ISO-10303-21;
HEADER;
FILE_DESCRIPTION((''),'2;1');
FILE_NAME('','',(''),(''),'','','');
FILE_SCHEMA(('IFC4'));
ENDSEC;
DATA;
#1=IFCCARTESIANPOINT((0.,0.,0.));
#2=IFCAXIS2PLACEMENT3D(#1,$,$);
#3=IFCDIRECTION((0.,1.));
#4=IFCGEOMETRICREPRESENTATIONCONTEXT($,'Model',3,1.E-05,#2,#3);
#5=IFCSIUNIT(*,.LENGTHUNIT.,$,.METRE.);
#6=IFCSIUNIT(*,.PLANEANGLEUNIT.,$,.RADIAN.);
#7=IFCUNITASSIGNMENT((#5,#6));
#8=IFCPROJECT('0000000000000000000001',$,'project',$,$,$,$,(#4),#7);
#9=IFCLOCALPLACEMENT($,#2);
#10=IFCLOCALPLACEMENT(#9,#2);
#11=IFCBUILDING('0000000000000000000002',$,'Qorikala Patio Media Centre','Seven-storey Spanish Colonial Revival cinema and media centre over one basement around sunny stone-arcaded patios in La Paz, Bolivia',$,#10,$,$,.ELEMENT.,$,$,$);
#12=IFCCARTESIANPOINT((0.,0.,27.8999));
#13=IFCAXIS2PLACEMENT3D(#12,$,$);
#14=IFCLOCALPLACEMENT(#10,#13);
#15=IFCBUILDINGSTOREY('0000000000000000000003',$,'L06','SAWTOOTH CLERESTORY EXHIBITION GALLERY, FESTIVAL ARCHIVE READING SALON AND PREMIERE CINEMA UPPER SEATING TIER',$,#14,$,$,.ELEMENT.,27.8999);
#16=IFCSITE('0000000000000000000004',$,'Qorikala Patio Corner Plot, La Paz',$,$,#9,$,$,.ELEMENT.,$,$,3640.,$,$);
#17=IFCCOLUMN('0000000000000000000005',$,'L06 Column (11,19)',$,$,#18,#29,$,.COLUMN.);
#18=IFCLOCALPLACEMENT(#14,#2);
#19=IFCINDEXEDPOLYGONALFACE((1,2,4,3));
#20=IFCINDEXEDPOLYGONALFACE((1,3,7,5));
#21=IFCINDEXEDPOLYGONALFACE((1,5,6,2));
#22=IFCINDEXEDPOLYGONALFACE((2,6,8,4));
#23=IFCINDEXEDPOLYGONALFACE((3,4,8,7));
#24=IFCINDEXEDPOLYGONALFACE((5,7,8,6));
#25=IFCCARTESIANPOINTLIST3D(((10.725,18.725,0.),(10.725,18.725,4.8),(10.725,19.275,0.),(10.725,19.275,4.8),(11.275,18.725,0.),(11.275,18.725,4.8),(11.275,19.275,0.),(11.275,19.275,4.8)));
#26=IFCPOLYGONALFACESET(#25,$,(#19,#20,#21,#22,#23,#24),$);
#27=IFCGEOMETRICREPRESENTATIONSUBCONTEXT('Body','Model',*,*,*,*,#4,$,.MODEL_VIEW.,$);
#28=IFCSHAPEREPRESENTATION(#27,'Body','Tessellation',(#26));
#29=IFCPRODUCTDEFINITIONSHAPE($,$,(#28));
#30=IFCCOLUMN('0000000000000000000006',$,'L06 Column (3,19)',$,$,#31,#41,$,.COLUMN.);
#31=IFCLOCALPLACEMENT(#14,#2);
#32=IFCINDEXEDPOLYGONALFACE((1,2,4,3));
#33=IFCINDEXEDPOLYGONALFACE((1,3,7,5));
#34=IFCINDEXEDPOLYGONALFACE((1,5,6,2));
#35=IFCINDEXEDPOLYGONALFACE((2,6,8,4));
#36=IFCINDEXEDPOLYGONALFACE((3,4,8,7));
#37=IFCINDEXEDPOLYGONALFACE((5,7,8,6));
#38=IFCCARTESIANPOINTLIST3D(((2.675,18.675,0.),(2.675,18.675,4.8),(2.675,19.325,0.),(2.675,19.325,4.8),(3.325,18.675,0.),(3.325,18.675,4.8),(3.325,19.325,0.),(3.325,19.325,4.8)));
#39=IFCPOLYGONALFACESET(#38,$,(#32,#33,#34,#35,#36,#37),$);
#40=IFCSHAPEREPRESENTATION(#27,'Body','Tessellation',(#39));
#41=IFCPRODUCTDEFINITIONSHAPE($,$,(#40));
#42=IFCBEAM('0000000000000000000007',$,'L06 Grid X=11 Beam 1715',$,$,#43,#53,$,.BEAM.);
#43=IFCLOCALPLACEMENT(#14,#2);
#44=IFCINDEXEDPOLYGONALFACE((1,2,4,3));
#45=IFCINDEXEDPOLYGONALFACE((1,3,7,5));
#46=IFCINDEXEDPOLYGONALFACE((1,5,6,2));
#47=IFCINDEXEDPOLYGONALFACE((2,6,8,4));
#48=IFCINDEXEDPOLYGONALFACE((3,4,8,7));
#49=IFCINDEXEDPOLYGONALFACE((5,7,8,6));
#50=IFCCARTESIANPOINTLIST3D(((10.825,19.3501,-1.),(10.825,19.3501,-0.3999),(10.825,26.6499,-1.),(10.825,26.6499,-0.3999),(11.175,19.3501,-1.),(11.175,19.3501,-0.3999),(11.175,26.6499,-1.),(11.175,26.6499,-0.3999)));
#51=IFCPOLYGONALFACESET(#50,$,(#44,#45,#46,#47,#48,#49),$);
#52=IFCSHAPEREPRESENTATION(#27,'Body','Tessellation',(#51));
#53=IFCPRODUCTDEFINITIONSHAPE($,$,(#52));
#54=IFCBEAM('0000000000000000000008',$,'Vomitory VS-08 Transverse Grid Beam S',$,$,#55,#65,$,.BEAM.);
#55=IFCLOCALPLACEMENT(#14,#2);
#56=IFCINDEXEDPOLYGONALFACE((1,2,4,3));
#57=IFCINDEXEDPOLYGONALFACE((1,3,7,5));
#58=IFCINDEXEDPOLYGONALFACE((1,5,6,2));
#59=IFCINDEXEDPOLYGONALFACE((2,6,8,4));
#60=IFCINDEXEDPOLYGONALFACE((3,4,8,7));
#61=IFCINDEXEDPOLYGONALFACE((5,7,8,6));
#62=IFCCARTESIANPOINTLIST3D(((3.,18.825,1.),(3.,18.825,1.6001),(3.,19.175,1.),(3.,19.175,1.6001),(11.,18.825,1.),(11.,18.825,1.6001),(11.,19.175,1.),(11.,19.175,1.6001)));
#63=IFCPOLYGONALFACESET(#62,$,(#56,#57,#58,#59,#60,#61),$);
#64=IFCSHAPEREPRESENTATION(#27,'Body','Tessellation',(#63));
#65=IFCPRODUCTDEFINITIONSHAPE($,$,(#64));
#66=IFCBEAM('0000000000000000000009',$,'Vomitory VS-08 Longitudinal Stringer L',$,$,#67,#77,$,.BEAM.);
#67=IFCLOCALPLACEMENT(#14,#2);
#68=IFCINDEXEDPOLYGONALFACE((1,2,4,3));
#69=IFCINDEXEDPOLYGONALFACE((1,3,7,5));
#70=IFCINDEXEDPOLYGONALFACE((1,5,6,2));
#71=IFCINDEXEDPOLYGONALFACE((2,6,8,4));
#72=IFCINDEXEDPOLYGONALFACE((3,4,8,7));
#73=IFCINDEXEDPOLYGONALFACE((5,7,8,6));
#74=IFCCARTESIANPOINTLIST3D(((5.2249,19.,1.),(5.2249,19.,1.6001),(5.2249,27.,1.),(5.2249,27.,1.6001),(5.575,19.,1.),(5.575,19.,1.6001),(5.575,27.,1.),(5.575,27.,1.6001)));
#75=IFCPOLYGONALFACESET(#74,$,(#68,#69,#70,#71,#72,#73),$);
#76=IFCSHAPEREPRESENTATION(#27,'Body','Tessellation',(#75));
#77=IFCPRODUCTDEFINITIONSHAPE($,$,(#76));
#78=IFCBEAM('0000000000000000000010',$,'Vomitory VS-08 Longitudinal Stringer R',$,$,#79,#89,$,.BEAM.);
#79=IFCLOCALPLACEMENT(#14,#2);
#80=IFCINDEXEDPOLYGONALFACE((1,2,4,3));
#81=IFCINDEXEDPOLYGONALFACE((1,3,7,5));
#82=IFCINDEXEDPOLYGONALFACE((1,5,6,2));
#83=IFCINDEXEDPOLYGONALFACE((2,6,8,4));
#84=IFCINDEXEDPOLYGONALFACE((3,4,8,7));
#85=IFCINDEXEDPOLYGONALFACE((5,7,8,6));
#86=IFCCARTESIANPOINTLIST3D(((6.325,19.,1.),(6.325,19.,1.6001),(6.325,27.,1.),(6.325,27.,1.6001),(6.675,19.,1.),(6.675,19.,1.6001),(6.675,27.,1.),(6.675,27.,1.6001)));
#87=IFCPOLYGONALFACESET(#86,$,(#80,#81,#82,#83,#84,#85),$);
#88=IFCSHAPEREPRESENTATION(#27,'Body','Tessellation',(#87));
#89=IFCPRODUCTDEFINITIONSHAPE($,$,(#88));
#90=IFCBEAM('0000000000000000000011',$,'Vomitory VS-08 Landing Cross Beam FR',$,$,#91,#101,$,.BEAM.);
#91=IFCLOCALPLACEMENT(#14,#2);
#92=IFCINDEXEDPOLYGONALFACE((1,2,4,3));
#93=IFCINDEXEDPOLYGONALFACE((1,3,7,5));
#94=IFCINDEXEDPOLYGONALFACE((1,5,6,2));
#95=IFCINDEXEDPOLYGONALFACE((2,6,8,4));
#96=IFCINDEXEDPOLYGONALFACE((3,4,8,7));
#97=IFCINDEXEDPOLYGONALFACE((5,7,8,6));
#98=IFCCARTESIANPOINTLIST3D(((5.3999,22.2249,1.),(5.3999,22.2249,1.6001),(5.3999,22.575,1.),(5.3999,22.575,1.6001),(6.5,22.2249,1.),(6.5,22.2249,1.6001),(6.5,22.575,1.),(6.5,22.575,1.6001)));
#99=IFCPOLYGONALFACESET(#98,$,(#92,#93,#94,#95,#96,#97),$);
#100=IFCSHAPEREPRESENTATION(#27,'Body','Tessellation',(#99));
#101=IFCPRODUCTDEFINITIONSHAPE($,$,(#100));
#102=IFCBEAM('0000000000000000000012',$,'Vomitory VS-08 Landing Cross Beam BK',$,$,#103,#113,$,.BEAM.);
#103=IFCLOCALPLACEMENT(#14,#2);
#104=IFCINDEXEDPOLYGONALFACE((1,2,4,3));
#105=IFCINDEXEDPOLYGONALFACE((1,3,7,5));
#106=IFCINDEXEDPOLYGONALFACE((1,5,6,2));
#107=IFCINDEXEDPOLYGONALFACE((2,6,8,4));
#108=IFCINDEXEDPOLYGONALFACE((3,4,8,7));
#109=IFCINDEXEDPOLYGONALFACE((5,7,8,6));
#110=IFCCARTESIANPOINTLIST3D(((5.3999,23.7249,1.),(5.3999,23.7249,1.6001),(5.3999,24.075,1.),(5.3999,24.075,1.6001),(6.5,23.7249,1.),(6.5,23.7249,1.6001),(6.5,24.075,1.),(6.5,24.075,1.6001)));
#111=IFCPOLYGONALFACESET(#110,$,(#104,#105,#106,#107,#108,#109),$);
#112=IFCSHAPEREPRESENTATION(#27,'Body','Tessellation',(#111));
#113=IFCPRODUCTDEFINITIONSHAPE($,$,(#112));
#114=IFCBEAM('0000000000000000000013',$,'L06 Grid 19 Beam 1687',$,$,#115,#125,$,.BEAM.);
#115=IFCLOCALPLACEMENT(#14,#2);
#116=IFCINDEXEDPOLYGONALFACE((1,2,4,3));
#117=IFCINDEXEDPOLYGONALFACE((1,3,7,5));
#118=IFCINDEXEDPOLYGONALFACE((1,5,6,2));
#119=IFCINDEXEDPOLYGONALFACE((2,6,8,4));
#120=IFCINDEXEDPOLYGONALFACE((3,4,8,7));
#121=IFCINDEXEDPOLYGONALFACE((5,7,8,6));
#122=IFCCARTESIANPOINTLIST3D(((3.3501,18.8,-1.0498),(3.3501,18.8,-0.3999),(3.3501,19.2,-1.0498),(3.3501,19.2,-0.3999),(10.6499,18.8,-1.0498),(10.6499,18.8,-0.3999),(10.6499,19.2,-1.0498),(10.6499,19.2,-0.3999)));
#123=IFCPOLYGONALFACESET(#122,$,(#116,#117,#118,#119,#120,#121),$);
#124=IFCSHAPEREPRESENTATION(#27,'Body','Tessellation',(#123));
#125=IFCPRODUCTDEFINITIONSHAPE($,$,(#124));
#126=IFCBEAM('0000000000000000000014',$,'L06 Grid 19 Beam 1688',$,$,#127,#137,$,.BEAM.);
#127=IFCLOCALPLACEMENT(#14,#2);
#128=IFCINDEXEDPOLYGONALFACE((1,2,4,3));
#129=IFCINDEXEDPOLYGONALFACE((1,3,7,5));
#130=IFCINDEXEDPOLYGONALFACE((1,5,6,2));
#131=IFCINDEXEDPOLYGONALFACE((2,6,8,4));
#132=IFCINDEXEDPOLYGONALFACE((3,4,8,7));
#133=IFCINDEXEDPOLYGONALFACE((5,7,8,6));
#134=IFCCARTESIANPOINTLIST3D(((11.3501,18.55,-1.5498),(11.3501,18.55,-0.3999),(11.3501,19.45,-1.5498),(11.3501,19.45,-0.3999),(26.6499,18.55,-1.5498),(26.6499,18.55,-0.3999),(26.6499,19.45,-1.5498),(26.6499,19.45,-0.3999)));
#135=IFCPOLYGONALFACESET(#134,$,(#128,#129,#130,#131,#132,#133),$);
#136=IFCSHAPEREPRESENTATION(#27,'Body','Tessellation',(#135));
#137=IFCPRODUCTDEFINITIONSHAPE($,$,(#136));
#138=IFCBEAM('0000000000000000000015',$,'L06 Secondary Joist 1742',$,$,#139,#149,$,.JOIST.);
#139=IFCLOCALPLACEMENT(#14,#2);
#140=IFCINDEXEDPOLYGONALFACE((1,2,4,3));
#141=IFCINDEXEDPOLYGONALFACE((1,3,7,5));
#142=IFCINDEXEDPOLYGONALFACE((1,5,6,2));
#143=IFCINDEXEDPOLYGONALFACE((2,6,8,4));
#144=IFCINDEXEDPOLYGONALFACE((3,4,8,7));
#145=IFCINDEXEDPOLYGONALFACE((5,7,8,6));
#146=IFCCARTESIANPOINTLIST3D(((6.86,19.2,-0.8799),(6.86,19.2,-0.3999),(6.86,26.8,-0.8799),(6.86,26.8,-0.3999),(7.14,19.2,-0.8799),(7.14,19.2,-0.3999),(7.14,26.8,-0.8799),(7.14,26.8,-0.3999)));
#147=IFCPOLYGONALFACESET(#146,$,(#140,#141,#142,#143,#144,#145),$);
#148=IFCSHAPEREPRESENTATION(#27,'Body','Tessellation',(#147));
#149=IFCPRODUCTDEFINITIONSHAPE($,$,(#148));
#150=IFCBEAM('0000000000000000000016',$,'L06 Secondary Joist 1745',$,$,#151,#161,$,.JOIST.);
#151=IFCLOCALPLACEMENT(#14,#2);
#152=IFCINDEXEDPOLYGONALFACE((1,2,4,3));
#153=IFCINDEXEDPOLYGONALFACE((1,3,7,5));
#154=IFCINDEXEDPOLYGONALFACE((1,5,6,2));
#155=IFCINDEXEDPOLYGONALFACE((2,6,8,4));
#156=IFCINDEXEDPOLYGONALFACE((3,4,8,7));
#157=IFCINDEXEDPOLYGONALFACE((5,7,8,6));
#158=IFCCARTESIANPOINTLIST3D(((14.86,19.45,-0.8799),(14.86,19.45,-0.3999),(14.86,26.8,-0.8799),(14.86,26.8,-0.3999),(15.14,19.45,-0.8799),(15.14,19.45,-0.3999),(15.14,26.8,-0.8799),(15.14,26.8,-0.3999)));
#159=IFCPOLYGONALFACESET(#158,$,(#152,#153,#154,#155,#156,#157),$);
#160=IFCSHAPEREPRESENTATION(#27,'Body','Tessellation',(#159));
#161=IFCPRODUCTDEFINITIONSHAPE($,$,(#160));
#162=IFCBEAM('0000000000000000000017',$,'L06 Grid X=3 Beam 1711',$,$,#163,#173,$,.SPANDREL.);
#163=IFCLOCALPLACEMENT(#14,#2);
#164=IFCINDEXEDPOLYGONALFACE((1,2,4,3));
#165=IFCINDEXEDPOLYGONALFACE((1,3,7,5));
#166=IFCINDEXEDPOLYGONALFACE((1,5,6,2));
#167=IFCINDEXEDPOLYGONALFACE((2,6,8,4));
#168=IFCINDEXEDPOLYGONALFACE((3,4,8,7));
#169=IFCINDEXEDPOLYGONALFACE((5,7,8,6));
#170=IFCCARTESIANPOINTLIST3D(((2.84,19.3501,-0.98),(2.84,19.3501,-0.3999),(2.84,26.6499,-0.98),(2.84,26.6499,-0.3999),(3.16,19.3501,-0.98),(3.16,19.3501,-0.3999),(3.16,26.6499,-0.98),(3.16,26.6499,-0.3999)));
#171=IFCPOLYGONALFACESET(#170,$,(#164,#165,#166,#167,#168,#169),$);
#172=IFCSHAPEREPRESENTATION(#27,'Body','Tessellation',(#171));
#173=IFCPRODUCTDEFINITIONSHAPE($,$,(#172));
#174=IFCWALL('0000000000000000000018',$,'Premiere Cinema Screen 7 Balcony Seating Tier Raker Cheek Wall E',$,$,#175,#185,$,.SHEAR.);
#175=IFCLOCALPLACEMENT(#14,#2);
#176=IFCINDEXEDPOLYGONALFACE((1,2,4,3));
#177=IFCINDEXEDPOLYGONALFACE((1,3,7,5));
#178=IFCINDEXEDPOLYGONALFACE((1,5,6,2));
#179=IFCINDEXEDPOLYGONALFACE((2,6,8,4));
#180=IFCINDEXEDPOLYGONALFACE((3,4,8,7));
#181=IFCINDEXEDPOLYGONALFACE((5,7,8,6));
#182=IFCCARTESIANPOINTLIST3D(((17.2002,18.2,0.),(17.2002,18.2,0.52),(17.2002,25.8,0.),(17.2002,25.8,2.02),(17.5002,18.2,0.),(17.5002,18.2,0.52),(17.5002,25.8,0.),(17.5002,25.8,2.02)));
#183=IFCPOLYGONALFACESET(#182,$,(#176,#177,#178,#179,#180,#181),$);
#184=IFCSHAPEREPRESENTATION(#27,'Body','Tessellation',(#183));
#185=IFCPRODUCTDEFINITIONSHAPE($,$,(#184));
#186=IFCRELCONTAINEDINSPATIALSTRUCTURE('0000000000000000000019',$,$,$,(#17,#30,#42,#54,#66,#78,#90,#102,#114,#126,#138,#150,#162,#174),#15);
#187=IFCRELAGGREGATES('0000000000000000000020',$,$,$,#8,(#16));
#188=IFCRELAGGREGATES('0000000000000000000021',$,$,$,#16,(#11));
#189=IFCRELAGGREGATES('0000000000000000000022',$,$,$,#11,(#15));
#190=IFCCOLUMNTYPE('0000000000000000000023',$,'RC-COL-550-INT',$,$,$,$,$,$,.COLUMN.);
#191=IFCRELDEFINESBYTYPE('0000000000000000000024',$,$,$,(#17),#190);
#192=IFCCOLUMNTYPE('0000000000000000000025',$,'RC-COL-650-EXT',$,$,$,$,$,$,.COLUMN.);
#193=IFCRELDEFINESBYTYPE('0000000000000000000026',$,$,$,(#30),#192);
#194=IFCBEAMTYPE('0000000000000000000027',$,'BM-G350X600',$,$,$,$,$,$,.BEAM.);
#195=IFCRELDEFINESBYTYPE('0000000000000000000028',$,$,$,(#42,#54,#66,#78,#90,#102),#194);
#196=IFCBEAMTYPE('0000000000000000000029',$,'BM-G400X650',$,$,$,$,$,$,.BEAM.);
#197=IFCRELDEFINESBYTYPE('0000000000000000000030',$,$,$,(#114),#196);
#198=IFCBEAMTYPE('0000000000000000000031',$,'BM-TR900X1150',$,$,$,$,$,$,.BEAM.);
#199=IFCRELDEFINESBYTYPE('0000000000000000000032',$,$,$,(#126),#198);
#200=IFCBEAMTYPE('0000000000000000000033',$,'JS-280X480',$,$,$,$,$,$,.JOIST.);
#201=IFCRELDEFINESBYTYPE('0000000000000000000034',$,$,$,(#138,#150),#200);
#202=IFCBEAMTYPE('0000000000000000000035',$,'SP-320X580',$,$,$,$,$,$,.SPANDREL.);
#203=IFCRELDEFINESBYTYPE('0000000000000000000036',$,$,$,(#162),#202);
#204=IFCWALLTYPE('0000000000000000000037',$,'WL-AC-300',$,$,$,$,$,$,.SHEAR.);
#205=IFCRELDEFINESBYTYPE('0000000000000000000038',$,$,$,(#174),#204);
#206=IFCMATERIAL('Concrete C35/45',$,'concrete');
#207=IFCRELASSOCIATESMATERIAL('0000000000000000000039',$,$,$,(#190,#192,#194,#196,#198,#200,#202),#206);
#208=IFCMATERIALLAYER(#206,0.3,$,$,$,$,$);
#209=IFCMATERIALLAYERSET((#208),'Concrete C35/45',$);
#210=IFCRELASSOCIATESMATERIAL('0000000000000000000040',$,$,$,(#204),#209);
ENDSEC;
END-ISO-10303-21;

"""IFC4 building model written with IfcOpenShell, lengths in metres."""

from ifc_helpers import new_model, si_unit, direction, frame, origin, origin_2d, place, context, subcontext, project, spatial, polyline, rectangle, outline, extrude, material, layer, layer_set, material_profile, profile_set, type_object, element, save


model = new_model("IFC4")

# Units and contexts
model_context = context("Model", 3, precision=1e-05, world=origin(), true_north=direction((0.0, 1.0)))
body_context = subcontext(model_context, "Body", "Model", "MODEL_VIEW")
ifc_project = project(units=[si_unit("LENGTHUNIT", "METRE"), si_unit("PLANEANGLEUNIT", "RADIAN")], contexts=[model_context])

# Site, building, storey
site_placement = place(None, origin())
site = spatial("IfcSite", under=ifc_project, at=site_placement, Name="Qorikala Patio Corner Plot, La Paz", CompositionType="ELEMENT", RefElevation=3640.0)
building_placement = place(site_placement, origin())
building = spatial("IfcBuilding", under=site, at=building_placement, Name="Qorikala Patio Media Centre", Description="Seven-storey Spanish Colonial Revival cinema and media centre over one basement around sunny stone-arcaded patios in La Paz, Bolivia", CompositionType="ELEMENT")
storey_placement = place(building_placement, frame((0.0, 0.0, 27.8999)))
storey = spatial("IfcBuildingStorey", under=building, at=storey_placement, Name="L06", Description="SAWTOOTH CLERESTORY EXHIBITION GALLERY, FESTIVAL ARCHIVE READING SALON AND PREMIERE CINEMA UPPER SEATING TIER", CompositionType="ELEMENT", Elevation=27.8999)

# Columns
ifc_material_1 = material(Name="Concrete C35/45", Category="concrete")
ifc_material_profile_1 = material_profile(ifc_material_1, rectangle(XDim=0.55, YDim=0.55, at=origin_2d()), Name="RC 550x550")
ifc_profile_set_1 = profile_set([ifc_material_profile_1], Name="Concrete C35/45")
column_type_1 = type_object("IfcColumnType", Name="RC-COL-550-INT", PredefinedType="COLUMN", material=ifc_profile_set_1)
column_1_placement = place(storey_placement, frame((11.0, 19.0, 0.0), z_axis=(0.0, 0.0, 1.0), x_axis=(1.0, 0.0, 0.0)))
element("IfcColumn", 1, at=column_1_placement, inside=storey, type_object=column_type_1, Name="L06 Column (11,19)", PredefinedType="COLUMN", context=body_context, shape_type="SweptSolid", body=[
    extrude(rectangle(XDim=0.55, YDim=0.55, at=origin_2d()), origin(), (0.0, 0.0, 1.0), 4.8),
])
ifc_material_profile_2 = material_profile(ifc_material_1, rectangle(XDim=0.6499, YDim=0.6499, at=origin_2d()), Name="RC 650x650")
ifc_profile_set_2 = profile_set([ifc_material_profile_2], Name="Concrete C35/45")
column_type_2 = type_object("IfcColumnType", Name="RC-COL-650-EXT", PredefinedType="COLUMN", material=ifc_profile_set_2)
column_2_placement = place(storey_placement, frame((3.0, 19.0, 0.0), z_axis=(0.0, 0.0, 1.0), x_axis=(1.0, 0.0, 0.0)))
element("IfcColumn", 2, at=column_2_placement, inside=storey, type_object=column_type_2, Name="L06 Column (3,19)", PredefinedType="COLUMN", context=body_context, shape_type="SweptSolid", body=[
    extrude(rectangle(XDim=0.6499, YDim=0.6499, at=origin_2d()), origin(), (0.0, 0.0, 1.0), 4.8),
])

# Beams
ifc_material_profile_3 = material_profile(ifc_material_1, rectangle(XDim=0.3501, YDim=0.6001, at=origin_2d()), Name="RC 350x600")
ifc_profile_set_3 = profile_set([ifc_material_profile_3], Name="Concrete C35/45")
beam_type_1 = type_object("IfcBeamType", Name="BM-G350X600", PredefinedType="BEAM", material=ifc_profile_set_3)
beam_1_placement = place(storey_placement, frame((11.0, 19.3501, -0.7), z_axis=(0.0, 1.0, 0.0), x_axis=(-1.0, 0.0, 0.0)))
element("IfcBeam", 3, at=beam_1_placement, inside=storey, type_object=beam_type_1, Name="L06 Grid X=11 Beam 1715", PredefinedType="BEAM", context=body_context, shape_type="SweptSolid", body=[
    extrude(rectangle(XDim=0.3501, YDim=0.6001, at=origin_2d()), origin(), (0.0, 0.0, 1.0), 7.2998),
])
for number, where, z_axis, x_axis, name in (
    (4, (3.0, 19.0, 1.3), (1.0, 0.0, 0.0), (0.0, 1.0, 0.0), "Vomitory VS-08 Transverse Grid Beam S"),
    (5, (5.3999, 19.0, 1.3), (0.0, 1.0, 0.0), (-1.0, 0.0, 0.0), "Vomitory VS-08 Longitudinal Stringer L"),
    (6, (6.5, 19.0, 1.3), (0.0, 1.0, 0.0), (-1.0, 0.0, 0.0), "Vomitory VS-08 Longitudinal Stringer R"),
):
    element("IfcBeam", number, at=place(storey_placement, frame(where, z_axis=z_axis, x_axis=x_axis)), inside=storey, type_object=beam_type_1, Name=name, PredefinedType="BEAM", context=body_context, shape_type="SweptSolid", body=[
        extrude(rectangle(XDim=0.3501, YDim=0.6001, at=origin_2d()), origin(), (0.0, 0.0, 1.0), 8.0),
    ])
for number, where, z_axis, x_axis, name in (
    (7, (5.3999, 22.3999, 1.3), (1.0, 0.0, 0.0), (0.0, 1.0, 0.0), "Vomitory VS-08 Landing Cross Beam FR"),
    (8, (5.3999, 23.8999, 1.3), (1.0, 0.0, 0.0), (0.0, 1.0, 0.0), "Vomitory VS-08 Landing Cross Beam BK"),
):
    element("IfcBeam", number, at=place(storey_placement, frame(where, z_axis=z_axis, x_axis=x_axis)), inside=storey, type_object=beam_type_1, Name=name, PredefinedType="BEAM", context=body_context, shape_type="SweptSolid", body=[
        extrude(rectangle(XDim=0.3501, YDim=0.6001, at=origin_2d()), origin(), (0.0, 0.0, 1.0), 1.1001),
    ])
ifc_material_profile_4 = material_profile(ifc_material_1, rectangle(XDim=0.3999, YDim=0.6499, at=origin_2d()), Name="RC 400x650")
ifc_profile_set_4 = profile_set([ifc_material_profile_4], Name="Concrete C35/45")
beam_type_2 = type_object("IfcBeamType", Name="BM-G400X650", PredefinedType="BEAM", material=ifc_profile_set_4)
beam_2_placement = place(storey_placement, frame((3.3501, 19.0, -0.7249), z_axis=(1.0, 0.0, 0.0), x_axis=(0.0, 1.0, 0.0)))
element("IfcBeam", 9, at=beam_2_placement, inside=storey, type_object=beam_type_2, Name="L06 Grid 19 Beam 1687", PredefinedType="BEAM", context=body_context, shape_type="SweptSolid", body=[
    extrude(rectangle(XDim=0.3999, YDim=0.6499, at=origin_2d()), origin(), (0.0, 0.0, 1.0), 7.2998),
])
ifc_material_profile_5 = material_profile(ifc_material_1, rectangle(XDim=0.8999, YDim=1.1499, at=origin_2d()), Name="RC 900x1150")
ifc_profile_set_5 = profile_set([ifc_material_profile_5], Name="Concrete C35/45")
beam_type_3 = type_object("IfcBeamType", Name="BM-TR900X1150", PredefinedType="BEAM", material=ifc_profile_set_5)
beam_3_placement = place(storey_placement, frame((11.3501, 19.0, -0.9749), z_axis=(1.0, 0.0, 0.0), x_axis=(0.0, 1.0, 0.0)))
element("IfcBeam", 10, at=beam_3_placement, inside=storey, type_object=beam_type_3, Name="L06 Grid 19 Beam 1688", PredefinedType="BEAM", context=body_context, shape_type="SweptSolid", body=[
    extrude(rectangle(XDim=0.8999, YDim=1.1499, at=origin_2d()), origin(), (0.0, 0.0, 1.0), 15.2998),
])
ifc_material_profile_6 = material_profile(ifc_material_1, rectangle(XDim=0.28, YDim=0.48, at=origin_2d()), Name="RC 280x480")
ifc_profile_set_6 = profile_set([ifc_material_profile_6], Name="Concrete C35/45")
beam_type_4 = type_object("IfcBeamType", Name="JS-280X480", PredefinedType="JOIST", material=ifc_profile_set_6)
beam_4_placement = place(storey_placement, frame((7.0, 19.2, -0.6399), z_axis=(0.0, 1.0, 0.0), x_axis=(-1.0, 0.0, 0.0)))
element("IfcBeam", 11, at=beam_4_placement, inside=storey, type_object=beam_type_4, Name="L06 Secondary Joist 1742", PredefinedType="JOIST", context=body_context, shape_type="SweptSolid", body=[
    extrude(rectangle(XDim=0.28, YDim=0.48, at=origin_2d()), origin(), (0.0, 0.0, 1.0), 7.6001),
])
beam_5_placement = place(storey_placement, frame((15.0, 19.45, -0.6399), z_axis=(0.0, 1.0, 0.0), x_axis=(-1.0, 0.0, 0.0)))
element("IfcBeam", 12, at=beam_5_placement, inside=storey, type_object=beam_type_4, Name="L06 Secondary Joist 1745", PredefinedType="JOIST", context=body_context, shape_type="SweptSolid", body=[
    extrude(rectangle(XDim=0.28, YDim=0.48, at=origin_2d()), origin(), (0.0, 0.0, 1.0), 7.3501),
])
ifc_material_profile_7 = material_profile(ifc_material_1, rectangle(XDim=0.3201, YDim=0.5801, at=origin_2d()), Name="RC 320x580")
ifc_profile_set_7 = profile_set([ifc_material_profile_7], Name="Concrete C35/45")
beam_type_5 = type_object("IfcBeamType", Name="SP-320X580", PredefinedType="SPANDREL", material=ifc_profile_set_7)
beam_6_placement = place(storey_placement, frame((3.0, 19.3501, -0.6899), z_axis=(0.0, 1.0, 0.0), x_axis=(-1.0, 0.0, 0.0)))
element("IfcBeam", 13, at=beam_6_placement, inside=storey, type_object=beam_type_5, Name="L06 Grid X=3 Beam 1711", PredefinedType="SPANDREL", context=body_context, shape_type="SweptSolid", body=[
    extrude(rectangle(XDim=0.3201, YDim=0.5801, at=origin_2d()), origin(), (0.0, 0.0, 1.0), 7.2998),
])

# Wall
ifc_layer_1 = layer(ifc_material_1, 0.3)
ifc_layer_set_1 = layer_set([ifc_layer_1], Name="Concrete C35/45")
wall_type_1 = type_object("IfcWallType", Name="WL-AC-300", PredefinedType="SHEAR", material=ifc_layer_set_1)
wall_1_placement = place(storey_placement, frame((17.3501, 18.2, 0.0), z_axis=(0.0, 0.0, 1.0), x_axis=(0.0, 1.0, 0.0)))
element("IfcWall", 14, at=wall_1_placement, inside=storey, type_object=wall_type_1, Name="Premiere Cinema Screen 7 Balcony Seating Tier Raker Cheek Wall E", PredefinedType="SHEAR", context=body_context, shape_type="SweptSolid", body=[
    extrude(outline(polyline([(0.0, 0.0), (7.6001, 0.0), (7.6001, 2.02), (0.0, 0.52), (0.0, 0.0)])), frame((0.0, 0.1499, 0.0), z_axis=(0.0, -1.0, 0.0), x_axis=(1.0, 0.0, 0.0)), (0.0, 0.0, 1.0), 0.3),
])

save(model, "model.ifc")
